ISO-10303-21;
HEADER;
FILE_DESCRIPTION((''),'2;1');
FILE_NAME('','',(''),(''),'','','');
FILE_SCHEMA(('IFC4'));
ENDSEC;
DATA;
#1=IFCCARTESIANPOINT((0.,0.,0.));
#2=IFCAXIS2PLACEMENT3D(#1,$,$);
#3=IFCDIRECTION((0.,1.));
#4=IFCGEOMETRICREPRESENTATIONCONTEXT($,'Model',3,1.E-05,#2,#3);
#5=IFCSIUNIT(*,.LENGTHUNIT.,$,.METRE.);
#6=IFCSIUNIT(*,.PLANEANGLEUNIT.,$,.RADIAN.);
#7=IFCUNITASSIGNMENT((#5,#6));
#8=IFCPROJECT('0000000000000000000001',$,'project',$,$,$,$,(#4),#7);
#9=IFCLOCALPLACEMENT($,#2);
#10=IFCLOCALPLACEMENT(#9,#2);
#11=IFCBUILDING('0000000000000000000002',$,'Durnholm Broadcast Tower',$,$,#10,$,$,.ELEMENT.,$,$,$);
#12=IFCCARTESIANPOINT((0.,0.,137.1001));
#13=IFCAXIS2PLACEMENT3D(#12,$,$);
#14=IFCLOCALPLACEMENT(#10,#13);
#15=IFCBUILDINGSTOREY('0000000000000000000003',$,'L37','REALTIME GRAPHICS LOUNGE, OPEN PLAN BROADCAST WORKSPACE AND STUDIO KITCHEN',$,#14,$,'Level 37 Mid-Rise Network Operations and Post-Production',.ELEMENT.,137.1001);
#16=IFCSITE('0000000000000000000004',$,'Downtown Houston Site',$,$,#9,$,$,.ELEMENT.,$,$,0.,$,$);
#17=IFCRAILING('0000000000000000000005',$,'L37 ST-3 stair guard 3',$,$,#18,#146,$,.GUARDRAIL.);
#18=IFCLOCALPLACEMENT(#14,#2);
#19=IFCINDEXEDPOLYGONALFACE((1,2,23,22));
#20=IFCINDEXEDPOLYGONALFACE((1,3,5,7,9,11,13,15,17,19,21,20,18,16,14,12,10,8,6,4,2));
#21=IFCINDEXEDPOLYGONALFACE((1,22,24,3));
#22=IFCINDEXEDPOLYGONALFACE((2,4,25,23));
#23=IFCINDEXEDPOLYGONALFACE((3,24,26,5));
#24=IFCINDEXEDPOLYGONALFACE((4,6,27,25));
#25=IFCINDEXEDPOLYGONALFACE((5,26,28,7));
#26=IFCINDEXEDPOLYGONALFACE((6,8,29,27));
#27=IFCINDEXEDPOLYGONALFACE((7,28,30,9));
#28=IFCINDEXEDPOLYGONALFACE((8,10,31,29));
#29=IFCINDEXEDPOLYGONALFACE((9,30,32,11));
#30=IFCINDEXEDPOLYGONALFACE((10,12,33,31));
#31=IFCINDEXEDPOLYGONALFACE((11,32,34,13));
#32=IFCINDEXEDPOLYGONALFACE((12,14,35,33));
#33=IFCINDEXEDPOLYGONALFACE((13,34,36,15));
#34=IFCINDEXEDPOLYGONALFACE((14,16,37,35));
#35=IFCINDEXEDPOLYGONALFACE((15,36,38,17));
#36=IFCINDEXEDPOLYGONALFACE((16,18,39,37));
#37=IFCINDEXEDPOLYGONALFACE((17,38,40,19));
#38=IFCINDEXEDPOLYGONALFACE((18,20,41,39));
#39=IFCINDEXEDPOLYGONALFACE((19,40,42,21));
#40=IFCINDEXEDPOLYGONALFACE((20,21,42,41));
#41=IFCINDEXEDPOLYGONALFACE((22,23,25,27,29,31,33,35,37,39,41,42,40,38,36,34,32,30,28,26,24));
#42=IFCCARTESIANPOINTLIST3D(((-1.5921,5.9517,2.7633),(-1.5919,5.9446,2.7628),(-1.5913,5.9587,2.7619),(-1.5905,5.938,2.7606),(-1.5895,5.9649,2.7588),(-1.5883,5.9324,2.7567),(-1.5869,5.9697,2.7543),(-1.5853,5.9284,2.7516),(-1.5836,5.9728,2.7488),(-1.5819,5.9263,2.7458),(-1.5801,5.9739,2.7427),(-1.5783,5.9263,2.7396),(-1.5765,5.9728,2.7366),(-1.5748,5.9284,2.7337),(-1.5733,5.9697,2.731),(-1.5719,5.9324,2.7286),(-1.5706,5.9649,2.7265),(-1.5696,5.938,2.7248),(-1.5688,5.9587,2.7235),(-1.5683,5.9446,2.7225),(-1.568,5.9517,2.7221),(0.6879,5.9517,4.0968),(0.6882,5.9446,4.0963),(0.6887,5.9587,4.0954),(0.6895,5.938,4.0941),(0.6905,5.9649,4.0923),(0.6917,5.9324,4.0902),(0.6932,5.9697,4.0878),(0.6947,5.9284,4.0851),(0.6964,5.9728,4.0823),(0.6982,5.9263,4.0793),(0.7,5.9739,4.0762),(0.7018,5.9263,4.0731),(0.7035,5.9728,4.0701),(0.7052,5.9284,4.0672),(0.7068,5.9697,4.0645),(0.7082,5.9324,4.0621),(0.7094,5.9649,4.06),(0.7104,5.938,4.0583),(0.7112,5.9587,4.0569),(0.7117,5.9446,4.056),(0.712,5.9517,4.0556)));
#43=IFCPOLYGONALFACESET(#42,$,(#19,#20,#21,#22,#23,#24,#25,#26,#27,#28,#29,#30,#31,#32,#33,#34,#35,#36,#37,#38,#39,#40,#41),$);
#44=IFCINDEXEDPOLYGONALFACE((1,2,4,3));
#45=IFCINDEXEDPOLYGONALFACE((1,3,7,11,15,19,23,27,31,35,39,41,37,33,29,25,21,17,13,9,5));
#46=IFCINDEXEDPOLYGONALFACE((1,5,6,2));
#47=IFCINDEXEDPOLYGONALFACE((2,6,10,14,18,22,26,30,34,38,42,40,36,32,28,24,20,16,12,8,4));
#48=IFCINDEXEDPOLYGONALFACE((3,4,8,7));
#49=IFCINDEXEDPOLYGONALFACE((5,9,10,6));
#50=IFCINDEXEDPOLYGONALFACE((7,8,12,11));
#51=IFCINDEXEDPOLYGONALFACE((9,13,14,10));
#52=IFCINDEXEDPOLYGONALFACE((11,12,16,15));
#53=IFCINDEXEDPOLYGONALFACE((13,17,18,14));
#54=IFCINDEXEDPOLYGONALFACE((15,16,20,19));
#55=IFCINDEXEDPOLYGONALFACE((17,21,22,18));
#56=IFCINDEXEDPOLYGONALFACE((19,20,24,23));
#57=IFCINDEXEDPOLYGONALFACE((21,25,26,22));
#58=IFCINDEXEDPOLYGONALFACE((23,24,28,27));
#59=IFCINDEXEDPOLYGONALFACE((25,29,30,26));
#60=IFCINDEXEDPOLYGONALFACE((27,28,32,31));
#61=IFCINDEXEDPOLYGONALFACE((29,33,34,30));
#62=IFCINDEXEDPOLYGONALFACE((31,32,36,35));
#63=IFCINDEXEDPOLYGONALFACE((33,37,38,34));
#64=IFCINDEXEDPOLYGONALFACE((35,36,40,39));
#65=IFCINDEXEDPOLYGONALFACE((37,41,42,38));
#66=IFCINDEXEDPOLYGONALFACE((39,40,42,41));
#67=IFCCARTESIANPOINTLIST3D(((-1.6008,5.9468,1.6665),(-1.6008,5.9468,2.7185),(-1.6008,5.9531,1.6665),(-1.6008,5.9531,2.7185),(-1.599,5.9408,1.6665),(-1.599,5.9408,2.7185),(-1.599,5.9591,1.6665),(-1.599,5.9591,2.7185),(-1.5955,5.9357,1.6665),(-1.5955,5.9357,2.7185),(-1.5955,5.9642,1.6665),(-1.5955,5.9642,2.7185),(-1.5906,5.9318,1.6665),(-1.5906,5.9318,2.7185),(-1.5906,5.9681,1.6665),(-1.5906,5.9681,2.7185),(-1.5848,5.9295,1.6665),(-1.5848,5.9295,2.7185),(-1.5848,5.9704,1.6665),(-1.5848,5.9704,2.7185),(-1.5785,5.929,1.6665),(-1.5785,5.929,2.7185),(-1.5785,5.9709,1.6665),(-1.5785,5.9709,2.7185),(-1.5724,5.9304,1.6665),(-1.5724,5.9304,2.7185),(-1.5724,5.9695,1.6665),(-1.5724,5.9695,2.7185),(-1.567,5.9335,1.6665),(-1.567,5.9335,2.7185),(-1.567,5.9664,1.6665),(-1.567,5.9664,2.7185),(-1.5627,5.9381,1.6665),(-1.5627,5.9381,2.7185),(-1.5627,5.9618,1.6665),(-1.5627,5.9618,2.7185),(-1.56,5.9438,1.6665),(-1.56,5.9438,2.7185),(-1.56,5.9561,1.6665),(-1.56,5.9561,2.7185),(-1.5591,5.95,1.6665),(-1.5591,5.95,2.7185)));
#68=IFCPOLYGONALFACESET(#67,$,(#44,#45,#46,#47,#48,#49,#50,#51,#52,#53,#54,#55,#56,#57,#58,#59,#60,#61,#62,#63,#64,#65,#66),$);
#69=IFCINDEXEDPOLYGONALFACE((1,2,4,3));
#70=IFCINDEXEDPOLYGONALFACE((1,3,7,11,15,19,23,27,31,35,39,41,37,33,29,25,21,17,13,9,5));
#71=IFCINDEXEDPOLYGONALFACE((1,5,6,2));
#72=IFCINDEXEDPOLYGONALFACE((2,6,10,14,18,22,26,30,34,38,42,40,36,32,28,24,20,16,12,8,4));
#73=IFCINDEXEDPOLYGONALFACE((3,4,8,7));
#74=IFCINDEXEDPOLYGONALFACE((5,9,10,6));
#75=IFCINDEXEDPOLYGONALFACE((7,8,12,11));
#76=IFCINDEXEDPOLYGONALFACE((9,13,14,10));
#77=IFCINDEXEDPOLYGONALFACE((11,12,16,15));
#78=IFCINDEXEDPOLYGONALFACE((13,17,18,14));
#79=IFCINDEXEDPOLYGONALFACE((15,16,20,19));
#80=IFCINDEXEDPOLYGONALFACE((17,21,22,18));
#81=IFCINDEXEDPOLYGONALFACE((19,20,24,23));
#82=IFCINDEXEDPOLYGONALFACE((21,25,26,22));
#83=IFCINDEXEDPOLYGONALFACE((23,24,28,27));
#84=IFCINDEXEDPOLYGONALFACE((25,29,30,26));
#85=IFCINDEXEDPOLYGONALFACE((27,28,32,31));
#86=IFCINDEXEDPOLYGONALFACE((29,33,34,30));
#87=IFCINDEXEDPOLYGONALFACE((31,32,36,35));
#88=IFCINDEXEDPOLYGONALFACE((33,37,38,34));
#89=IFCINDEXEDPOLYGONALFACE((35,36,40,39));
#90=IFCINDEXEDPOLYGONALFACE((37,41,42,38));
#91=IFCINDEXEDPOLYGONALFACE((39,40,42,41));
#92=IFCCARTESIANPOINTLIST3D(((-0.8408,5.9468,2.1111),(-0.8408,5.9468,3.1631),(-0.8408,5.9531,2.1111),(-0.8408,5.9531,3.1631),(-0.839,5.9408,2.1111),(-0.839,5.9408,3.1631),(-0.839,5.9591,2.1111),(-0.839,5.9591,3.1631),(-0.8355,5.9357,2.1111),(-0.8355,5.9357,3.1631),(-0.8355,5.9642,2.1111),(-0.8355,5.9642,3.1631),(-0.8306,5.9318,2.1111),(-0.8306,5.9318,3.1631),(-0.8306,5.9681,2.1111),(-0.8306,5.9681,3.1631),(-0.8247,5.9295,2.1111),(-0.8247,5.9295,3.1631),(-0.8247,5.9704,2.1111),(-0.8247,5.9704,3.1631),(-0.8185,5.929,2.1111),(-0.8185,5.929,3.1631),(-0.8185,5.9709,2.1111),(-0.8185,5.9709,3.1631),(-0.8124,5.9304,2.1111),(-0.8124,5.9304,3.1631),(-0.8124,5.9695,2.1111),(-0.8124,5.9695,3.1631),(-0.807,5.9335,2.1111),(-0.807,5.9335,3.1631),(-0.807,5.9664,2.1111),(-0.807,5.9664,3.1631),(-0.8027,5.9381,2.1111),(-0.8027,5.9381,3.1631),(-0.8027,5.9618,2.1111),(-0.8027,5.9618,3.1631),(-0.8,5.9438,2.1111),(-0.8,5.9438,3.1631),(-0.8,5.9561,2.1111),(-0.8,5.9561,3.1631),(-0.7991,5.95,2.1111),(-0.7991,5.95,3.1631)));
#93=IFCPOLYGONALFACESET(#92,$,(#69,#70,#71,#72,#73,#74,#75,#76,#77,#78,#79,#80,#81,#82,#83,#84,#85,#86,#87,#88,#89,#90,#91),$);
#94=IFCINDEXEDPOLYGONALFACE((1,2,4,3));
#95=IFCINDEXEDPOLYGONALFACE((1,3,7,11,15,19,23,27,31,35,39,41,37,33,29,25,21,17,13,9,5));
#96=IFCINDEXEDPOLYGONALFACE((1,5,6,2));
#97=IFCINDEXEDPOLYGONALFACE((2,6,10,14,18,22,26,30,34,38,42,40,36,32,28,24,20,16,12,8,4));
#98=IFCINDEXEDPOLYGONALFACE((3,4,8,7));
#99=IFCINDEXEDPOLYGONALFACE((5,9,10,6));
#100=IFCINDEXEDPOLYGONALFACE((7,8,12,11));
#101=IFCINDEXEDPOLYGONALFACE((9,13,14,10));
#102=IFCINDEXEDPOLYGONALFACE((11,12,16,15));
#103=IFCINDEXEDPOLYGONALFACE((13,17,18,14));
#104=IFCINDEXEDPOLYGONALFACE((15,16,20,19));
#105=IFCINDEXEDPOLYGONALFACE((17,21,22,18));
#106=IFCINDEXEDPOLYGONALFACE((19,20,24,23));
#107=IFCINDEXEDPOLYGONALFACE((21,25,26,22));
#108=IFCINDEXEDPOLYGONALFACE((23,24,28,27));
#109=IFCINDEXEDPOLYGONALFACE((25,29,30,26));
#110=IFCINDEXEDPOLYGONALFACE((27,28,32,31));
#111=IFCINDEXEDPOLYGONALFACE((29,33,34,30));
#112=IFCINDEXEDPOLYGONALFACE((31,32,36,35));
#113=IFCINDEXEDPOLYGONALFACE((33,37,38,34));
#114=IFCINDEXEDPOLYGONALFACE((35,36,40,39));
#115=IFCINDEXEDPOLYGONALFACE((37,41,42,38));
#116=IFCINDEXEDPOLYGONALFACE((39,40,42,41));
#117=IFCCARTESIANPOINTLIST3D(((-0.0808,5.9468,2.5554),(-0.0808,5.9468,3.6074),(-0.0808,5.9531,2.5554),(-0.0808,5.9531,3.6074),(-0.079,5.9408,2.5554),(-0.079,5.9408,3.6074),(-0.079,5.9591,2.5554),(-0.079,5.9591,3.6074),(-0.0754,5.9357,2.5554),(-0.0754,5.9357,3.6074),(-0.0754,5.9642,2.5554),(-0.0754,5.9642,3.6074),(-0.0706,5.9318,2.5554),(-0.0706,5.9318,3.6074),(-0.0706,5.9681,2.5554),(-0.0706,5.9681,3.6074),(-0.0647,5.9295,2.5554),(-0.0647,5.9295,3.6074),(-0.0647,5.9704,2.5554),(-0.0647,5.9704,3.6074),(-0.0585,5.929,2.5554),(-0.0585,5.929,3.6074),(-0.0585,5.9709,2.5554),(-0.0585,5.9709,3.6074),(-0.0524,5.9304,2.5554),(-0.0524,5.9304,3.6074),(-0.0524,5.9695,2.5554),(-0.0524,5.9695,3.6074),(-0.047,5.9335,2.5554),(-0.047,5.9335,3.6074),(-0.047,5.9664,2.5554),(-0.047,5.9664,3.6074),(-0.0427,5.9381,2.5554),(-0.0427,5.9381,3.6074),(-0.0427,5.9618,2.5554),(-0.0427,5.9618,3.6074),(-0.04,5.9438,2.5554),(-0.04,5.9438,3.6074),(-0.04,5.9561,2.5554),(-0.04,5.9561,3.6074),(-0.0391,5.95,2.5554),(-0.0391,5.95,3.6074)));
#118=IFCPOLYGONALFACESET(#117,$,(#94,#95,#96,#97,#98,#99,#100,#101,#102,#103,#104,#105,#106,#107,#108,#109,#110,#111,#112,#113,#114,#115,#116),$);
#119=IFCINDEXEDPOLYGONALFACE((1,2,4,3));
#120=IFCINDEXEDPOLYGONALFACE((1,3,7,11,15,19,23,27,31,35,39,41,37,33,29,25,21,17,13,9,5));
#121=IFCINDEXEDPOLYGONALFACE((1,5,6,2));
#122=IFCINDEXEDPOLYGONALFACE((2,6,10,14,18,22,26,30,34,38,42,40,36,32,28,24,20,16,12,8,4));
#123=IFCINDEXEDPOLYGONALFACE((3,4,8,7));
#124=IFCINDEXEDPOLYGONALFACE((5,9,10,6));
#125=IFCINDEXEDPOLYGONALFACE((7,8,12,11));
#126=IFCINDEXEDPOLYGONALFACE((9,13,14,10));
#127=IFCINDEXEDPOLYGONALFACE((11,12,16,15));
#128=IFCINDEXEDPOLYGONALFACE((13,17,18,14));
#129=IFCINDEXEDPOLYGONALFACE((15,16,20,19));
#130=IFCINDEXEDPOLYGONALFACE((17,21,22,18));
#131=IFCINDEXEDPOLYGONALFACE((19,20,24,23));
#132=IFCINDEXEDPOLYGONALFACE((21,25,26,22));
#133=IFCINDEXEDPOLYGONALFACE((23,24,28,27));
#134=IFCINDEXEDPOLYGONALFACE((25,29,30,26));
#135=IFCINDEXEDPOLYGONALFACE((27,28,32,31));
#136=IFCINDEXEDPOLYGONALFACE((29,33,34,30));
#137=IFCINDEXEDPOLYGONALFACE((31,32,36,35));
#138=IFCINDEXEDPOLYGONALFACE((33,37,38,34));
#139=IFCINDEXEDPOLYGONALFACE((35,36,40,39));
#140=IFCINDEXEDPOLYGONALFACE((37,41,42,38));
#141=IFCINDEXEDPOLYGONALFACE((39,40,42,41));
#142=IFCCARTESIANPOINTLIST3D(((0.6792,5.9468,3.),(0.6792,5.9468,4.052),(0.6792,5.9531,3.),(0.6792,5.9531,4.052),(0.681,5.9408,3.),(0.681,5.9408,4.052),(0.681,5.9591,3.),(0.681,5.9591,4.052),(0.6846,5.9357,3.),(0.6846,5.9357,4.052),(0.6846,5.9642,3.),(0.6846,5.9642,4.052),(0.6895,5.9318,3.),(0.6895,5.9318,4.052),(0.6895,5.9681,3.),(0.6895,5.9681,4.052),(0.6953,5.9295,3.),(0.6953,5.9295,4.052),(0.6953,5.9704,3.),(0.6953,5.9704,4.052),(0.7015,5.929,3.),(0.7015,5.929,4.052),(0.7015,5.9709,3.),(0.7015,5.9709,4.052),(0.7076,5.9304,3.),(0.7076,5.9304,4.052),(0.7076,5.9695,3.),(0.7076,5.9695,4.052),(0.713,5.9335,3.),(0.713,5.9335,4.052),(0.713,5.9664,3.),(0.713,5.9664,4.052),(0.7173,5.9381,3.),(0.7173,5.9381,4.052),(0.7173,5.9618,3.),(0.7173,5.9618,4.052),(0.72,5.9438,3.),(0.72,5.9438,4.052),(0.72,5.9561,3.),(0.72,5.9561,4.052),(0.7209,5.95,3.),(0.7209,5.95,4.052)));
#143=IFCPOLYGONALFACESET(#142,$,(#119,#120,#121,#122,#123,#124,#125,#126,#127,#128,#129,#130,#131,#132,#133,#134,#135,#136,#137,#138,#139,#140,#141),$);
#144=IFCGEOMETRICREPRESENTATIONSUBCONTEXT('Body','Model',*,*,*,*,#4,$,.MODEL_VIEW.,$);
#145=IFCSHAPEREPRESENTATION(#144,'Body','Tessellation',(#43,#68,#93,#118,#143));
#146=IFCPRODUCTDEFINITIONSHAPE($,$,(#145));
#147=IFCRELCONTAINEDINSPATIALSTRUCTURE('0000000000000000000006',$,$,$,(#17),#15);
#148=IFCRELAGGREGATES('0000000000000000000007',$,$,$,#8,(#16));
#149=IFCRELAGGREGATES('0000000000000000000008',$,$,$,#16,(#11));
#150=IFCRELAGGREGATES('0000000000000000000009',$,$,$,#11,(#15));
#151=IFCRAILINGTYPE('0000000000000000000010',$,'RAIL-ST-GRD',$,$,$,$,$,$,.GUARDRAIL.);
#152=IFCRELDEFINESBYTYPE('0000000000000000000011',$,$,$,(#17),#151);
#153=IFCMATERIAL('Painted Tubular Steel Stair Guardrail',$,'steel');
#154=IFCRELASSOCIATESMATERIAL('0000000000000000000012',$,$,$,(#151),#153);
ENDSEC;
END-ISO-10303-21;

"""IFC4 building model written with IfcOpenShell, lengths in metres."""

from ifc_helpers import new_model, si_unit, direction, frame, origin, origin_2d, place, context, subcontext, project, spatial, circle, extrude, material, type_object, element, save


model = new_model("IFC4")

# Units and contexts
model_context = context("Model", 3, precision=1e-05, world=origin(), true_north=direction((0.0, 1.0)))
body_context = subcontext(model_context, "Body", "Model", "MODEL_VIEW")
ifc_project = project(units=[si_unit("LENGTHUNIT", "METRE"), si_unit("PLANEANGLEUNIT", "RADIAN")], contexts=[model_context])

# Site, building, storey
site_placement = place(None, origin())
site = spatial("IfcSite", under=ifc_project, at=site_placement, Name="Downtown Houston Site", CompositionType="ELEMENT", RefElevation=0.0)
building_placement = place(site_placement, origin())
building = spatial("IfcBuilding", under=site, at=building_placement, Name="Durnholm Broadcast Tower", CompositionType="ELEMENT")
storey_placement = place(building_placement, frame((0.0, 0.0, 137.1001)))
storey = spatial("IfcBuildingStorey", under=building, at=storey_placement, Name="L37", Description="REALTIME GRAPHICS LOUNGE, OPEN PLAN BROADCAST WORKSPACE AND STUDIO KITCHEN", LongName="Level 37 Mid-Rise Network Operations and Post-Production", CompositionType="ELEMENT", Elevation=137.1001)

# Railing
ifc_material_1 = material(Name="Painted Tubular Steel Stair Guardrail", Category="steel")
railing_type_1 = type_object("IfcRailingType", Name="RAIL-ST-GRD", PredefinedType="GUARDRAIL", material=ifc_material_1)
railing_1_placement = place(storey_placement, frame((-1.5801, 5.95, 1.6665)))
element("IfcRailing", 1, at=railing_1_placement, inside=storey, type_object=railing_type_1, Name="L37 ST-3 stair guard 3", PredefinedType="GUARDRAIL", context=body_context, shape_type="SweptSolid", body=[
    extrude(circle(Radius=0.0239, at=origin_2d()), frame((0.0, 0.0, 1.0762), z_axis=(0.863205, 0.0, 0.504853), x_axis=(0.0, 1.0, 0.0)), (0.0, 0.0, 1.0), 2.6414),
    extrude(circle(Radius=0.021, at=origin_2d()), origin(), (0.0, 0.0, 1.0), 1.052),
    extrude(circle(Radius=0.021, at=origin_2d()), frame((0.76, 0.0, 0.4446)), (0.0, 0.0, 1.0), 1.052),
    extrude(circle(Radius=0.021, at=origin_2d()), frame((1.52, 0.0, 0.8889)), (0.0, 0.0, 1.0), 1.052),
    extrude(circle(Radius=0.021, at=origin_2d()), frame((2.28, 0.0, 1.3335)), (0.0, 0.0, 1.0), 1.052),
])

save(model, "model.ifc")
